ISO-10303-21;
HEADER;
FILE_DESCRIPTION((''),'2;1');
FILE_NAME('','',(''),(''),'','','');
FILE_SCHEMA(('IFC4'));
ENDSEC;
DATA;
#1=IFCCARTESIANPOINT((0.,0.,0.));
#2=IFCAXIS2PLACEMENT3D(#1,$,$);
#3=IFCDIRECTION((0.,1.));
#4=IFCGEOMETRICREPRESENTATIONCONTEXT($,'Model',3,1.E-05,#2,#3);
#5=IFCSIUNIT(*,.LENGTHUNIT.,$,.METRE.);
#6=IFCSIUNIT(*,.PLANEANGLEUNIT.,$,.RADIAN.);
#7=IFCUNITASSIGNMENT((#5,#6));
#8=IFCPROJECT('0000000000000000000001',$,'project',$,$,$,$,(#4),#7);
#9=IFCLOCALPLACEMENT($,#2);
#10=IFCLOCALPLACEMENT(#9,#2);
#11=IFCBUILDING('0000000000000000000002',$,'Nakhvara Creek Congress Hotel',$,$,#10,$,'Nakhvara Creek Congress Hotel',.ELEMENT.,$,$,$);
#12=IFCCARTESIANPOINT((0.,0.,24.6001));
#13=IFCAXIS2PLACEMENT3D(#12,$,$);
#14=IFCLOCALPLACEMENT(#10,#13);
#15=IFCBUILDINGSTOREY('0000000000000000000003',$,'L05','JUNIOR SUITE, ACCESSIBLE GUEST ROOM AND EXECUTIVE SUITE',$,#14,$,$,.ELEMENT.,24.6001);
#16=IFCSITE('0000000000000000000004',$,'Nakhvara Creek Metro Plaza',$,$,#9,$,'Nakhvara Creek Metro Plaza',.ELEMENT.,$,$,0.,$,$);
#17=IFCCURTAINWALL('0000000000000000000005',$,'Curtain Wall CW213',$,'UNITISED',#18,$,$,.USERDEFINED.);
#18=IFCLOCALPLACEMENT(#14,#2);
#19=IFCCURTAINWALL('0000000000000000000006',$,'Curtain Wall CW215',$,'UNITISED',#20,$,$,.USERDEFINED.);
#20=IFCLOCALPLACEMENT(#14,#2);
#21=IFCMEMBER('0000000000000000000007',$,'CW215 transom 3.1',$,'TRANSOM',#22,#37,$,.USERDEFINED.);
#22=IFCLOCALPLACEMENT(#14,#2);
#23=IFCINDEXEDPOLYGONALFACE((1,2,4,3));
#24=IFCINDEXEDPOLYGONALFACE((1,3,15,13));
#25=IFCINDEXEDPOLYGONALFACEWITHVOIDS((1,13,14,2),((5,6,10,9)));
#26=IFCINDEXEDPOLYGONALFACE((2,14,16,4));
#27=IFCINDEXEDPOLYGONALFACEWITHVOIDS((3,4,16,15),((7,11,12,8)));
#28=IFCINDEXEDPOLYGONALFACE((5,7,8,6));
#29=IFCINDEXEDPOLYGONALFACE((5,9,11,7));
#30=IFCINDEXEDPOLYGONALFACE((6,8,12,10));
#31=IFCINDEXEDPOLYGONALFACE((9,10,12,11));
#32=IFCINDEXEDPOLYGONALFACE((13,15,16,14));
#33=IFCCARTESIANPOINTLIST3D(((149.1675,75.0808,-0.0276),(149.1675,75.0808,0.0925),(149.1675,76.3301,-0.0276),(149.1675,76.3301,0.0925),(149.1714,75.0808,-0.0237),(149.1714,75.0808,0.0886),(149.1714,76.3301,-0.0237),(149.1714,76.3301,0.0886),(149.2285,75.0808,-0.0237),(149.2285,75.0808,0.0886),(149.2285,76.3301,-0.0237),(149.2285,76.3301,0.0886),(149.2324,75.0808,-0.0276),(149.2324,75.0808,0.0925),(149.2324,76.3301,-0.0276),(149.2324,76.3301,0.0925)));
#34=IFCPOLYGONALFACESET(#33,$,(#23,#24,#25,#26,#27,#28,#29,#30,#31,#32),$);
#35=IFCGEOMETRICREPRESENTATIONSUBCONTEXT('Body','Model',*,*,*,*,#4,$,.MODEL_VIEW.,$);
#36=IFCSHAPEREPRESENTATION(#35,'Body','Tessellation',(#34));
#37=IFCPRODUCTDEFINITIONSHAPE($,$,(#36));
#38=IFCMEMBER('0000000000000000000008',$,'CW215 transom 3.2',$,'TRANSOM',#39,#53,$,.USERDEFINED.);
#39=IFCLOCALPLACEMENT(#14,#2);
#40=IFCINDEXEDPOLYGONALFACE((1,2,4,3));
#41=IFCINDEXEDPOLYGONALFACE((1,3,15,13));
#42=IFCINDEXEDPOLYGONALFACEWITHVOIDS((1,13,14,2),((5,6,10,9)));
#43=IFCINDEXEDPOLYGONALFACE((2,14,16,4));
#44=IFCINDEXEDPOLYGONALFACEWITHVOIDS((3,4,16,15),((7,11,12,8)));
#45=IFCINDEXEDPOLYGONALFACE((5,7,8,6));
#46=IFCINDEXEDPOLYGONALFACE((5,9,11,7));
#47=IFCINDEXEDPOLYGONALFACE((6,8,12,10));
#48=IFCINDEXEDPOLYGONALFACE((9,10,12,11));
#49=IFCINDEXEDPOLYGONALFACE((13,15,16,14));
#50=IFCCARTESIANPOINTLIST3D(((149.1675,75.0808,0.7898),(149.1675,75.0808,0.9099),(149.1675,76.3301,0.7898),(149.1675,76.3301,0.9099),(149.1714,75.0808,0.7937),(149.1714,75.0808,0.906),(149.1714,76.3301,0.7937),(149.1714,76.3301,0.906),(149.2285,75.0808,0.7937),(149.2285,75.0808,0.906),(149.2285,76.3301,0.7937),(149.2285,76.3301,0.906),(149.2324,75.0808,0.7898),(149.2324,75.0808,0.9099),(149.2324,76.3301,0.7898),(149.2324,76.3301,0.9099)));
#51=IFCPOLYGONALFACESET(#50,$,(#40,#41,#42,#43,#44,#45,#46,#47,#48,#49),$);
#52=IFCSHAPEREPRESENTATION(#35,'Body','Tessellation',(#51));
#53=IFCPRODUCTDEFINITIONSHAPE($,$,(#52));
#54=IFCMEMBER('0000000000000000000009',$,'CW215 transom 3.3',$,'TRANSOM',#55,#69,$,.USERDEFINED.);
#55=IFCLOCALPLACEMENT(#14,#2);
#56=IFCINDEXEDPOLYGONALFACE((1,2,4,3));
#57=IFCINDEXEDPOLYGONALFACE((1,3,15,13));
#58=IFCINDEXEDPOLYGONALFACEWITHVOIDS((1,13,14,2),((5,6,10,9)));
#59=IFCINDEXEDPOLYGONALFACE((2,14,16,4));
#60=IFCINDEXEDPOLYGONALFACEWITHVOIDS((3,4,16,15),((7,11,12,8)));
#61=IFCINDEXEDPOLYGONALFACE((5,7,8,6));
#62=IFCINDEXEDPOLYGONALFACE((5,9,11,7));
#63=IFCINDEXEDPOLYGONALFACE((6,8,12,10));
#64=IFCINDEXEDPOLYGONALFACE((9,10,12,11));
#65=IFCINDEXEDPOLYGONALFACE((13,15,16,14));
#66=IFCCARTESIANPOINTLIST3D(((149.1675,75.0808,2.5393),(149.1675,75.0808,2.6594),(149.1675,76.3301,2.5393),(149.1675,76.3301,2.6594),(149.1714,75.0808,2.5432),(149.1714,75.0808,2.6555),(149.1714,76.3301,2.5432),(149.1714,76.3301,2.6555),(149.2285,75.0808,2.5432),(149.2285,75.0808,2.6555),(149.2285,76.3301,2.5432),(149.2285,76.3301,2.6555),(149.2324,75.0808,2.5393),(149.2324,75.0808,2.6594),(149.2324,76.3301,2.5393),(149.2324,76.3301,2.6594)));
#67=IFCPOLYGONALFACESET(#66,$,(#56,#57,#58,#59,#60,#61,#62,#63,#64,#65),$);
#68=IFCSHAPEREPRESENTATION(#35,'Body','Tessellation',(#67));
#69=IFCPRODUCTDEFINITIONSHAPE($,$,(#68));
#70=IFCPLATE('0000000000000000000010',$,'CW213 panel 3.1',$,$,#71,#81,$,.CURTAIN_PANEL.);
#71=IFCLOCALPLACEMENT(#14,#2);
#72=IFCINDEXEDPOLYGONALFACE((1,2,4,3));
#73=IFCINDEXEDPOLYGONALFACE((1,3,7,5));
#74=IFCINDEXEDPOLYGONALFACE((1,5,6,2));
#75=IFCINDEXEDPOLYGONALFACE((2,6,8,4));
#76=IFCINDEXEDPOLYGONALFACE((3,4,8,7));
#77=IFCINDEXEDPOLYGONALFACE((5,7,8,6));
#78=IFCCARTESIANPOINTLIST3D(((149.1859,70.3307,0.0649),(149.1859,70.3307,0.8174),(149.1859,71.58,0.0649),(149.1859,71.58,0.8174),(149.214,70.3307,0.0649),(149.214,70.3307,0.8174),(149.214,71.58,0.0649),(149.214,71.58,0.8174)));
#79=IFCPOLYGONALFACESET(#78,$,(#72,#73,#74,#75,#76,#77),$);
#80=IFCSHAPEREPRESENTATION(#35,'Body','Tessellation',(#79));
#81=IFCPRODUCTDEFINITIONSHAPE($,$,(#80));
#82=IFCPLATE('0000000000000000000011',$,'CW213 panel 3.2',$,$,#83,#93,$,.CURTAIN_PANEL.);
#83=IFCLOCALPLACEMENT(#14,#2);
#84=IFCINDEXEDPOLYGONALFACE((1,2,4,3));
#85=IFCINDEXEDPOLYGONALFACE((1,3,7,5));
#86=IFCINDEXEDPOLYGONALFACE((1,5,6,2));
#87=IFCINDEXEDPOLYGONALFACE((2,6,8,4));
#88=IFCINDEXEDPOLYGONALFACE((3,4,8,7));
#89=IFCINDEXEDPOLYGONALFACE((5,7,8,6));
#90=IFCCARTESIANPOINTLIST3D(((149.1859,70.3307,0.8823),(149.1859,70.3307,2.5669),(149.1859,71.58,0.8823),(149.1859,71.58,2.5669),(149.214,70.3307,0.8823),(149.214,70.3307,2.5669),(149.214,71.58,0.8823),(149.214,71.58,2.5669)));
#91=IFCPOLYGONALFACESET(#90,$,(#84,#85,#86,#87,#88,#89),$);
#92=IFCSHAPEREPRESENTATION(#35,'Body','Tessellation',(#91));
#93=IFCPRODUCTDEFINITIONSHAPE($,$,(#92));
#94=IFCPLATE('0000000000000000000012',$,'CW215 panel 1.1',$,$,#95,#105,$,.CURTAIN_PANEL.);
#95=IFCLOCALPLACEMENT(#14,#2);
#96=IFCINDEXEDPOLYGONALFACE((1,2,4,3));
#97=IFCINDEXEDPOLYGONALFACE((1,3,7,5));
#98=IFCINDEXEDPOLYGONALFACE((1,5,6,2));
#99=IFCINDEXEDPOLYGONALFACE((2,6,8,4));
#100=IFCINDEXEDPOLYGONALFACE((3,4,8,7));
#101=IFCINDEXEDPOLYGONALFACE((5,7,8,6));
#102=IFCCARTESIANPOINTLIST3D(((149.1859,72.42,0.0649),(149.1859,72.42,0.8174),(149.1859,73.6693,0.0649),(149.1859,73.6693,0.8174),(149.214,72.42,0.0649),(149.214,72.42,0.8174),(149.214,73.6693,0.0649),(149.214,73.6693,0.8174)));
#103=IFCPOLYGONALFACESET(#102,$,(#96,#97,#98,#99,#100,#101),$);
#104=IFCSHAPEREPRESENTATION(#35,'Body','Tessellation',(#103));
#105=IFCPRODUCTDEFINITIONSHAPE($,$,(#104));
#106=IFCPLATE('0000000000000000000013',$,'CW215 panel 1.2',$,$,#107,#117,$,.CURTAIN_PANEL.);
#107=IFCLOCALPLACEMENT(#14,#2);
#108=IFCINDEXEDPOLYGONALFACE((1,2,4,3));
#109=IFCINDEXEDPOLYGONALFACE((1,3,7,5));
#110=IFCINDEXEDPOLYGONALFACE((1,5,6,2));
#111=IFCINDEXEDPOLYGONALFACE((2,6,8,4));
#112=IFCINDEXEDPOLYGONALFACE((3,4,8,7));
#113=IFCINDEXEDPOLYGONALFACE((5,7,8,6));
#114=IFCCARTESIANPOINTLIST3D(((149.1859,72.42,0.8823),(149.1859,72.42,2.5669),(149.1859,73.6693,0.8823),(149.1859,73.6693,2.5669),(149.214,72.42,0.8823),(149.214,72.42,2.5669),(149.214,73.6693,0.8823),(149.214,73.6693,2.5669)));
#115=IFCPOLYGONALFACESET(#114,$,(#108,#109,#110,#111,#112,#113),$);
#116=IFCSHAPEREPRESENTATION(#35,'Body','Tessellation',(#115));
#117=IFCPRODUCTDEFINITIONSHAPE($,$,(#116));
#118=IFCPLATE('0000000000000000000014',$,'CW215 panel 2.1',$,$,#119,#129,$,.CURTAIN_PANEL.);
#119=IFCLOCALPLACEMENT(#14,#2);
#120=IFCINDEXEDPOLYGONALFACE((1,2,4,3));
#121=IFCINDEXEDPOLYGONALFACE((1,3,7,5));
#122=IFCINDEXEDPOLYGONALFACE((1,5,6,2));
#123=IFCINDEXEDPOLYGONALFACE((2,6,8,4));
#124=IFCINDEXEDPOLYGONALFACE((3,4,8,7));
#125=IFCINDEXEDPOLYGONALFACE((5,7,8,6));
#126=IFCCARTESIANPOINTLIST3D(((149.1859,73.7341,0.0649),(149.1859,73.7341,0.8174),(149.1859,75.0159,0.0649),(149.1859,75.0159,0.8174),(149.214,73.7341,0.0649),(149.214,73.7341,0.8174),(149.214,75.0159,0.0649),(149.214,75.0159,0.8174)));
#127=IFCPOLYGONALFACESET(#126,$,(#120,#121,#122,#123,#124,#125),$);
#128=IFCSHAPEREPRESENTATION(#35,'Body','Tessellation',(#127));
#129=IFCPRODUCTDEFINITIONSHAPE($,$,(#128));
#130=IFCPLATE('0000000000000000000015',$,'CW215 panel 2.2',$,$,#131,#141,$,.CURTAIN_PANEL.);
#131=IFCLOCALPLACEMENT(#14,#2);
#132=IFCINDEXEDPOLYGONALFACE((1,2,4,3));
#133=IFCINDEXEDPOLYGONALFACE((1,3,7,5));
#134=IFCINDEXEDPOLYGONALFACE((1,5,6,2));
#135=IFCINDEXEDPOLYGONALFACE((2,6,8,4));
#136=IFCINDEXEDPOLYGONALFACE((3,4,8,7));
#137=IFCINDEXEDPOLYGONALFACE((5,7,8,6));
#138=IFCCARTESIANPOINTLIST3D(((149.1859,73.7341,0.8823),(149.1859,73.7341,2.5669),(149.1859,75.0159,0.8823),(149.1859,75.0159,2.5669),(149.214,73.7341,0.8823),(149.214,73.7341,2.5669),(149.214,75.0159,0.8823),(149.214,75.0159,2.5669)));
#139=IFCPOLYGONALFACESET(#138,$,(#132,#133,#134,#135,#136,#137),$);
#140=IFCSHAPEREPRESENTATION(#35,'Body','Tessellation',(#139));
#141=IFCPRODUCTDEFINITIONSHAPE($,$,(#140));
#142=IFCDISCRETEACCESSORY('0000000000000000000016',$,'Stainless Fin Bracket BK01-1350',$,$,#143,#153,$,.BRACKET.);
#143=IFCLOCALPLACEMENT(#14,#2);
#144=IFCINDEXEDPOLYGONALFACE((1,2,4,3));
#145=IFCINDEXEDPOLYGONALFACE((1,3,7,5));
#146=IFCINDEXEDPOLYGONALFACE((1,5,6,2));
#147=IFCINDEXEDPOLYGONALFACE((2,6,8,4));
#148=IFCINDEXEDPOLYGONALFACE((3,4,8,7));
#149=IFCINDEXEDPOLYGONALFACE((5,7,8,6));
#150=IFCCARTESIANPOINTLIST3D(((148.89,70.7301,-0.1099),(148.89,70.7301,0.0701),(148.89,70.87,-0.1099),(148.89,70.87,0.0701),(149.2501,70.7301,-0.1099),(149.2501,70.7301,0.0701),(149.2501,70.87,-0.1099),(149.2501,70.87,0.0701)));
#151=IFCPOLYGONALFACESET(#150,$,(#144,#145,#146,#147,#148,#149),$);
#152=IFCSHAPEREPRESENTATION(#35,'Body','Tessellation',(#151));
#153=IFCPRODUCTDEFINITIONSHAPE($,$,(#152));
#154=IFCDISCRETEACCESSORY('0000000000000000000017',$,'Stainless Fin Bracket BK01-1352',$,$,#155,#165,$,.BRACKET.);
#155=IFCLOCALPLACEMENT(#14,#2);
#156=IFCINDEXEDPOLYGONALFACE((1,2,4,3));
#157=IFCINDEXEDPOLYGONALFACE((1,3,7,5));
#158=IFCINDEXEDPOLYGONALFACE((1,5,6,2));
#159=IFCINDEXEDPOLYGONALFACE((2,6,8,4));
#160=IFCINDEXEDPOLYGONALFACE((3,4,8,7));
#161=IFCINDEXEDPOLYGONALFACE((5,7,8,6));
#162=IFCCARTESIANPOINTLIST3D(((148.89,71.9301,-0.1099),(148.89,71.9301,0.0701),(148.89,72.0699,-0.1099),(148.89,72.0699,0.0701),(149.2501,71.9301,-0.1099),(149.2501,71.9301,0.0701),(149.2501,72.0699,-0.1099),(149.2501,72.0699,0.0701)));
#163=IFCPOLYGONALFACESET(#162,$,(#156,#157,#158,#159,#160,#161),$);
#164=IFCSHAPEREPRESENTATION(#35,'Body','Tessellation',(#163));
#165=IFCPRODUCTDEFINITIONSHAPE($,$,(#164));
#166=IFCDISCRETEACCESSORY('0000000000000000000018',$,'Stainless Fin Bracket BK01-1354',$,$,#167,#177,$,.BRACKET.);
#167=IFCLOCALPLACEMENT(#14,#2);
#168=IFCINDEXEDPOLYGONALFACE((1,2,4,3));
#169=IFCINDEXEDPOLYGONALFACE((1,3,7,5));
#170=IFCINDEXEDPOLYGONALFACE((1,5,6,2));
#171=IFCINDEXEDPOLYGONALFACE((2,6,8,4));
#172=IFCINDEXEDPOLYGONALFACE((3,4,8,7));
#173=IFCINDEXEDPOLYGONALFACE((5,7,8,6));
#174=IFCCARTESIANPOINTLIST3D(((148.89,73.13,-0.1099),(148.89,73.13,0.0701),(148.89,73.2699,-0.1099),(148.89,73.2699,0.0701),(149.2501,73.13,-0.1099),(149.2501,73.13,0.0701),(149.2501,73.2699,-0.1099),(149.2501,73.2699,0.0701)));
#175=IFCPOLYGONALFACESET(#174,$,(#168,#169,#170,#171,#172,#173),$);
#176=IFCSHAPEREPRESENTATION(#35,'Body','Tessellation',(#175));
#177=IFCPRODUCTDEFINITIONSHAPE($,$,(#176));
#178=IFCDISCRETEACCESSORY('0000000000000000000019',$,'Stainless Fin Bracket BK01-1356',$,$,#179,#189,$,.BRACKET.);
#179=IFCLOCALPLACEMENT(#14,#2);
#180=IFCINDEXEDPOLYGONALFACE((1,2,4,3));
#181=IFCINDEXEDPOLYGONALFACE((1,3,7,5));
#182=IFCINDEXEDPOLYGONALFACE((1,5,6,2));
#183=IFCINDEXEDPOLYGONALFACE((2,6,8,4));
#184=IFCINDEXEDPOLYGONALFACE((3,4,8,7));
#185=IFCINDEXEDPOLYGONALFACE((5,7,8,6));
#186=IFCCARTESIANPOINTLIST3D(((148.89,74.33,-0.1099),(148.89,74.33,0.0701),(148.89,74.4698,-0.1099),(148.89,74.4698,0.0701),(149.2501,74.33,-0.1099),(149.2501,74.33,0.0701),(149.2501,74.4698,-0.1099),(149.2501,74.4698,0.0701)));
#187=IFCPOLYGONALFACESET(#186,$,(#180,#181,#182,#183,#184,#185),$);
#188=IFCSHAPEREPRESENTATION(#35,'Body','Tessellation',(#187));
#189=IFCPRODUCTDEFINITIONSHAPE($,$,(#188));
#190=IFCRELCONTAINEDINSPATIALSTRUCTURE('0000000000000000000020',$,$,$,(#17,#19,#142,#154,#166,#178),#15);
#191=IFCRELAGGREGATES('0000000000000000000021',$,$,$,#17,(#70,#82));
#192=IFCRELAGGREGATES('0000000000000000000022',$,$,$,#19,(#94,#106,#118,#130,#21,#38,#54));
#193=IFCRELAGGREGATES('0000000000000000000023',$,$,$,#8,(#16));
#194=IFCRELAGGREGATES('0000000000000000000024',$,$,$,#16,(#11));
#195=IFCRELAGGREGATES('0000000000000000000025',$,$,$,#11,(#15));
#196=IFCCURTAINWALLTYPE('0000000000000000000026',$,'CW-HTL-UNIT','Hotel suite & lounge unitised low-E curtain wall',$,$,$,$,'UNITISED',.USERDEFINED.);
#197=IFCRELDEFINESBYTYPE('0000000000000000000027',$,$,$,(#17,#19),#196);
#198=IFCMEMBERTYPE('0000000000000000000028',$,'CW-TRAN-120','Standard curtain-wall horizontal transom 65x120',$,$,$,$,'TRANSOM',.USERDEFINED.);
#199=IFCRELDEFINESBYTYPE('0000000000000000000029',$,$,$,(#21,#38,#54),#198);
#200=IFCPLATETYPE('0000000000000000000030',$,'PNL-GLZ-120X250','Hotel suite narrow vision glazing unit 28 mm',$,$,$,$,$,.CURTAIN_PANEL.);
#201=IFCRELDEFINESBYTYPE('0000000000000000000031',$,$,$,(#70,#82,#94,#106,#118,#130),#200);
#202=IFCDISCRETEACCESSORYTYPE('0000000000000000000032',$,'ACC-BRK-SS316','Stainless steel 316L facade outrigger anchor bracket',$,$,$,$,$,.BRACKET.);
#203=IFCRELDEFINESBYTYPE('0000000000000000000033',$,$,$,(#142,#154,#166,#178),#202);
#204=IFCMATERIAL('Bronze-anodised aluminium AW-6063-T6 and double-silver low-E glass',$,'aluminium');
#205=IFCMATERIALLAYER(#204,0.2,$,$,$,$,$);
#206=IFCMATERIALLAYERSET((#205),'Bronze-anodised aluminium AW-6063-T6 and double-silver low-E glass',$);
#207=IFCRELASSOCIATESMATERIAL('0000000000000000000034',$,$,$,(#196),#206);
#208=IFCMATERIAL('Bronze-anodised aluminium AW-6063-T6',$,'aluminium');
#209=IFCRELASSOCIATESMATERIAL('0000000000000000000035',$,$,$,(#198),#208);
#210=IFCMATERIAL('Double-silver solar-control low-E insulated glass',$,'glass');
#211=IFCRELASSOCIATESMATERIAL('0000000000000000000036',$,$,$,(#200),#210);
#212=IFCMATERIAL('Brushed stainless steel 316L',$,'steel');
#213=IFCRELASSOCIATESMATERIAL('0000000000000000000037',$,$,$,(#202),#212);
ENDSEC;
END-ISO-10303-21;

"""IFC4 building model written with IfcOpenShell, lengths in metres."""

from ifc_helpers import new_model, si_unit, direction, frame, origin, origin_2d, place, context, subcontext, project, spatial, rectangle, hollow_rectangle, extrude, material, layer, layer_set, material_profile, profile_set, type_object, element, aggregate, save


model = new_model("IFC4")

# Units and contexts
model_context = context("Model", 3, precision=1e-05, world=origin(), true_north=direction((0.0, 1.0)))
body_context = subcontext(model_context, "Body", "Model", "MODEL_VIEW")
ifc_project = project(units=[si_unit("LENGTHUNIT", "METRE"), si_unit("PLANEANGLEUNIT", "RADIAN")], contexts=[model_context])

# Site, building, storey
site_placement = place(None, origin())
site = spatial("IfcSite", under=ifc_project, at=site_placement, Name="Nakhvara Creek Metro Plaza", LongName="Nakhvara Creek Metro Plaza", CompositionType="ELEMENT", RefElevation=0.0)
building_placement = place(site_placement, origin())
building = spatial("IfcBuilding", under=site, at=building_placement, Name="Nakhvara Creek Congress Hotel", LongName="Nakhvara Creek Congress Hotel", CompositionType="ELEMENT")
storey_placement = place(building_placement, frame((0.0, 0.0, 24.6001)))
storey = spatial("IfcBuildingStorey", under=building, at=storey_placement, Name="L05", Description="JUNIOR SUITE, ACCESSIBLE GUEST ROOM AND EXECUTIVE SUITE", CompositionType="ELEMENT", Elevation=24.6001)

# Curtain wall
ifc_material_1 = material(Name="Bronze-anodised aluminium AW-6063-T6 and double-silver low-E glass", Category="aluminium")
ifc_layer = layer(ifc_material_1, 0.2)
ifc_layer_set = layer_set([ifc_layer], Name="Bronze-anodised aluminium AW-6063-T6 and double-silver low-E glass")
curtain_wall_type = type_object("IfcCurtainWallType", Name="CW-HTL-UNIT", Description="Hotel suite & lounge unitised low-E curtain wall", ElementType="UNITISED", PredefinedType="USERDEFINED", material=ifc_layer_set)
curtain_wall_1_placement = place(storey_placement, origin())
curtain_wall_1 = element("IfcCurtainWall", 1, at=curtain_wall_1_placement, inside=storey, type_object=curtain_wall_type, Name="Curtain Wall CW213", ObjectType="UNITISED", PredefinedType="USERDEFINED")
ifc_material_2 = material(Name="Bronze-anodised aluminium AW-6063-T6", Category="aluminium")

# Curtain wall
curtain_wall_2_placement = place(storey_placement, origin())
curtain_wall_2 = element("IfcCurtainWall", 2, at=curtain_wall_2_placement, inside=storey, type_object=curtain_wall_type, Name="Curtain Wall CW215", ObjectType="UNITISED", PredefinedType="USERDEFINED")

# Members
ifc_material_profile_1 = material_profile(ifc_material_2, hollow_rectangle(XDim=0.0649, YDim=0.1201, WallThickness=0.0039, at=origin_2d()), Name="ALU-TRAN 65x120x4", Category="LoadBearing")
ifc_profile_set_1 = profile_set([ifc_material_profile_1], Name="Bronze-anodised aluminium AW-6063-T6")
member_type_1 = type_object("IfcMemberType", Name="CW-TRAN-120", Description="Standard curtain-wall horizontal transom 65x120", ElementType="TRANSOM", PredefinedType="USERDEFINED", material=ifc_profile_set_1)
member_1_placement = place(storey_placement, frame((149.2, 75.0808, 0.0325), z_axis=(0.0, 1.0, 0.0), x_axis=(-1.0, 0.0, 0.0)))
member_1 = element("IfcMember", 3, at=member_1_placement, type_object=member_type_1, Name="CW215 transom 3.1", ObjectType="TRANSOM", PredefinedType="USERDEFINED", context=body_context, shape_type="SweptSolid", body=[
    extrude(hollow_rectangle(XDim=0.0649, YDim=0.1201, WallThickness=0.0039, at=origin_2d()), origin(), (0.0, 0.0, 1.0), 1.2493),
])
member_2_placement = place(storey_placement, frame((149.2, 75.0808, 0.8499), z_axis=(0.0, 1.0, 0.0), x_axis=(-1.0, 0.0, 0.0)))
member_2 = element("IfcMember", 4, at=member_2_placement, type_object=member_type_1, Name="CW215 transom 3.2", ObjectType="TRANSOM", PredefinedType="USERDEFINED", context=body_context, shape_type="SweptSolid", body=[
    extrude(hollow_rectangle(XDim=0.0649, YDim=0.1201, WallThickness=0.0039, at=origin_2d()), origin(), (0.0, 0.0, 1.0), 1.2493),
])
member_3_placement = place(storey_placement, frame((149.2, 75.0808, 2.5994), z_axis=(0.0, 1.0, 0.0), x_axis=(-1.0, 0.0, 0.0)))
member_3 = element("IfcMember", 5, at=member_3_placement, type_object=member_type_1, Name="CW215 transom 3.3", ObjectType="TRANSOM", PredefinedType="USERDEFINED", context=body_context, shape_type="SweptSolid", body=[
    extrude(hollow_rectangle(XDim=0.0649, YDim=0.1201, WallThickness=0.0039, at=origin_2d()), origin(), (0.0, 0.0, 1.0), 1.2493),
])

# Plates
ifc_material_3 = material(Name="Double-silver solar-control low-E insulated glass", Category="glass")
plate_type = type_object("IfcPlateType", Name="PNL-GLZ-120X250", Description="Hotel suite narrow vision glazing unit 28 mm", PredefinedType="CURTAIN_PANEL", material=ifc_material_3)
plate_1_placement = place(storey_placement, frame((149.2, 70.9553, 0.0649), z_axis=(0.0, 0.0, 1.0), x_axis=(0.0, 1.0, 0.0)))
plate_1 = element("IfcPlate", 6, at=plate_1_placement, type_object=plate_type, Name="CW213 panel 3.1", PredefinedType="CURTAIN_PANEL", context=body_context, shape_type="SweptSolid", body=[
    extrude(rectangle(XDim=1.2493, YDim=0.0281, at=origin_2d()), origin(), (0.0, 0.0, 1.0), 0.7524),
])
plate_2_placement = place(storey_placement, frame((149.2, 70.9553, 0.8823), z_axis=(0.0, 0.0, 1.0), x_axis=(0.0, 1.0, 0.0)))
plate_2 = element("IfcPlate", 7, at=plate_2_placement, type_object=plate_type, Name="CW213 panel 3.2", PredefinedType="CURTAIN_PANEL", context=body_context, shape_type="SweptSolid", body=[
    extrude(rectangle(XDim=1.2493, YDim=0.0281, at=origin_2d()), origin(), (0.0, 0.0, 1.0), 1.6846),
])
aggregate(curtain_wall_1, [plate_1, plate_2])
plate_3_placement = place(storey_placement, frame((149.2, 73.0447, 0.0649), z_axis=(0.0, 0.0, 1.0), x_axis=(0.0, 1.0, 0.0)))
plate_3 = element("IfcPlate", 8, at=plate_3_placement, type_object=plate_type, Name="CW215 panel 1.1", PredefinedType="CURTAIN_PANEL", context=body_context, shape_type="SweptSolid", body=[
    extrude(rectangle(XDim=1.2493, YDim=0.0281, at=origin_2d()), origin(), (0.0, 0.0, 1.0), 0.7524),
])
plate_4_placement = place(storey_placement, frame((149.2, 73.0447, 0.8823), z_axis=(0.0, 0.0, 1.0), x_axis=(0.0, 1.0, 0.0)))
plate_4 = element("IfcPlate", 9, at=plate_4_placement, type_object=plate_type, Name="CW215 panel 1.2", PredefinedType="CURTAIN_PANEL", context=body_context, shape_type="SweptSolid", body=[
    extrude(rectangle(XDim=1.2493, YDim=0.0281, at=origin_2d()), origin(), (0.0, 0.0, 1.0), 1.6846),
])
plate_5_placement = place(storey_placement, frame((149.2, 74.375, 0.0649), z_axis=(0.0, 0.0, 1.0), x_axis=(0.0, 1.0, 0.0)))
plate_5 = element("IfcPlate", 10, at=plate_5_placement, type_object=plate_type, Name="CW215 panel 2.1", PredefinedType="CURTAIN_PANEL", context=body_context, shape_type="SweptSolid", body=[
    extrude(rectangle(XDim=1.2817, YDim=0.0281, at=origin_2d()), origin(), (0.0, 0.0, 1.0), 0.7524),
])
plate_6_placement = place(storey_placement, frame((149.2, 74.375, 0.8823), z_axis=(0.0, 0.0, 1.0), x_axis=(0.0, 1.0, 0.0)))
plate_6 = element("IfcPlate", 11, at=plate_6_placement, type_object=plate_type, Name="CW215 panel 2.2", PredefinedType="CURTAIN_PANEL", context=body_context, shape_type="SweptSolid", body=[
    extrude(rectangle(XDim=1.2817, YDim=0.0281, at=origin_2d()), origin(), (0.0, 0.0, 1.0), 1.6846),
])
aggregate(curtain_wall_2, [plate_3, plate_4, plate_5, plate_6, member_1, member_2, member_3])

# Discrete accessories
ifc_material_4 = material(Name="Brushed stainless steel 316L", Category="steel")
discrete_accessory_type = type_object("IfcDiscreteAccessoryType", Name="ACC-BRK-SS316", Description="Stainless steel 316L facade outrigger anchor bracket", PredefinedType="BRACKET", material=ifc_material_4)
for number, where, z_axis, x_axis, name in (
    (12, (149.0701, 70.8, -0.1099), (0.0, 0.0, 1.0), (0.0, 1.0, 0.0), "Stainless Fin Bracket BK01-1350"),
    (13, (149.0701, 72.0, -0.1099), (0.0, 0.0, 1.0), (0.0, 1.0, 0.0), "Stainless Fin Bracket BK01-1352"),
    (14, (149.0701, 73.2, -0.1099), (0.0, 0.0, 1.0), (0.0, 1.0, 0.0), "Stainless Fin Bracket BK01-1354"),
    (15, (149.0701, 74.3999, -0.1099), (0.0, 0.0, 1.0), (0.0, 1.0, 0.0), "Stainless Fin Bracket BK01-1356"),
):
    element("IfcDiscreteAccessory", number, at=place(storey_placement, frame(where, z_axis=z_axis, x_axis=x_axis)), inside=storey, type_object=discrete_accessory_type, Name=name, PredefinedType="BRACKET", context=body_context, shape_type="SweptSolid", body=[
        extrude(rectangle(XDim=0.1399, YDim=0.3601, at=origin_2d()), origin(), (0.0, 0.0, 1.0), 0.1799),
    ])

save(model, "model.ifc")
